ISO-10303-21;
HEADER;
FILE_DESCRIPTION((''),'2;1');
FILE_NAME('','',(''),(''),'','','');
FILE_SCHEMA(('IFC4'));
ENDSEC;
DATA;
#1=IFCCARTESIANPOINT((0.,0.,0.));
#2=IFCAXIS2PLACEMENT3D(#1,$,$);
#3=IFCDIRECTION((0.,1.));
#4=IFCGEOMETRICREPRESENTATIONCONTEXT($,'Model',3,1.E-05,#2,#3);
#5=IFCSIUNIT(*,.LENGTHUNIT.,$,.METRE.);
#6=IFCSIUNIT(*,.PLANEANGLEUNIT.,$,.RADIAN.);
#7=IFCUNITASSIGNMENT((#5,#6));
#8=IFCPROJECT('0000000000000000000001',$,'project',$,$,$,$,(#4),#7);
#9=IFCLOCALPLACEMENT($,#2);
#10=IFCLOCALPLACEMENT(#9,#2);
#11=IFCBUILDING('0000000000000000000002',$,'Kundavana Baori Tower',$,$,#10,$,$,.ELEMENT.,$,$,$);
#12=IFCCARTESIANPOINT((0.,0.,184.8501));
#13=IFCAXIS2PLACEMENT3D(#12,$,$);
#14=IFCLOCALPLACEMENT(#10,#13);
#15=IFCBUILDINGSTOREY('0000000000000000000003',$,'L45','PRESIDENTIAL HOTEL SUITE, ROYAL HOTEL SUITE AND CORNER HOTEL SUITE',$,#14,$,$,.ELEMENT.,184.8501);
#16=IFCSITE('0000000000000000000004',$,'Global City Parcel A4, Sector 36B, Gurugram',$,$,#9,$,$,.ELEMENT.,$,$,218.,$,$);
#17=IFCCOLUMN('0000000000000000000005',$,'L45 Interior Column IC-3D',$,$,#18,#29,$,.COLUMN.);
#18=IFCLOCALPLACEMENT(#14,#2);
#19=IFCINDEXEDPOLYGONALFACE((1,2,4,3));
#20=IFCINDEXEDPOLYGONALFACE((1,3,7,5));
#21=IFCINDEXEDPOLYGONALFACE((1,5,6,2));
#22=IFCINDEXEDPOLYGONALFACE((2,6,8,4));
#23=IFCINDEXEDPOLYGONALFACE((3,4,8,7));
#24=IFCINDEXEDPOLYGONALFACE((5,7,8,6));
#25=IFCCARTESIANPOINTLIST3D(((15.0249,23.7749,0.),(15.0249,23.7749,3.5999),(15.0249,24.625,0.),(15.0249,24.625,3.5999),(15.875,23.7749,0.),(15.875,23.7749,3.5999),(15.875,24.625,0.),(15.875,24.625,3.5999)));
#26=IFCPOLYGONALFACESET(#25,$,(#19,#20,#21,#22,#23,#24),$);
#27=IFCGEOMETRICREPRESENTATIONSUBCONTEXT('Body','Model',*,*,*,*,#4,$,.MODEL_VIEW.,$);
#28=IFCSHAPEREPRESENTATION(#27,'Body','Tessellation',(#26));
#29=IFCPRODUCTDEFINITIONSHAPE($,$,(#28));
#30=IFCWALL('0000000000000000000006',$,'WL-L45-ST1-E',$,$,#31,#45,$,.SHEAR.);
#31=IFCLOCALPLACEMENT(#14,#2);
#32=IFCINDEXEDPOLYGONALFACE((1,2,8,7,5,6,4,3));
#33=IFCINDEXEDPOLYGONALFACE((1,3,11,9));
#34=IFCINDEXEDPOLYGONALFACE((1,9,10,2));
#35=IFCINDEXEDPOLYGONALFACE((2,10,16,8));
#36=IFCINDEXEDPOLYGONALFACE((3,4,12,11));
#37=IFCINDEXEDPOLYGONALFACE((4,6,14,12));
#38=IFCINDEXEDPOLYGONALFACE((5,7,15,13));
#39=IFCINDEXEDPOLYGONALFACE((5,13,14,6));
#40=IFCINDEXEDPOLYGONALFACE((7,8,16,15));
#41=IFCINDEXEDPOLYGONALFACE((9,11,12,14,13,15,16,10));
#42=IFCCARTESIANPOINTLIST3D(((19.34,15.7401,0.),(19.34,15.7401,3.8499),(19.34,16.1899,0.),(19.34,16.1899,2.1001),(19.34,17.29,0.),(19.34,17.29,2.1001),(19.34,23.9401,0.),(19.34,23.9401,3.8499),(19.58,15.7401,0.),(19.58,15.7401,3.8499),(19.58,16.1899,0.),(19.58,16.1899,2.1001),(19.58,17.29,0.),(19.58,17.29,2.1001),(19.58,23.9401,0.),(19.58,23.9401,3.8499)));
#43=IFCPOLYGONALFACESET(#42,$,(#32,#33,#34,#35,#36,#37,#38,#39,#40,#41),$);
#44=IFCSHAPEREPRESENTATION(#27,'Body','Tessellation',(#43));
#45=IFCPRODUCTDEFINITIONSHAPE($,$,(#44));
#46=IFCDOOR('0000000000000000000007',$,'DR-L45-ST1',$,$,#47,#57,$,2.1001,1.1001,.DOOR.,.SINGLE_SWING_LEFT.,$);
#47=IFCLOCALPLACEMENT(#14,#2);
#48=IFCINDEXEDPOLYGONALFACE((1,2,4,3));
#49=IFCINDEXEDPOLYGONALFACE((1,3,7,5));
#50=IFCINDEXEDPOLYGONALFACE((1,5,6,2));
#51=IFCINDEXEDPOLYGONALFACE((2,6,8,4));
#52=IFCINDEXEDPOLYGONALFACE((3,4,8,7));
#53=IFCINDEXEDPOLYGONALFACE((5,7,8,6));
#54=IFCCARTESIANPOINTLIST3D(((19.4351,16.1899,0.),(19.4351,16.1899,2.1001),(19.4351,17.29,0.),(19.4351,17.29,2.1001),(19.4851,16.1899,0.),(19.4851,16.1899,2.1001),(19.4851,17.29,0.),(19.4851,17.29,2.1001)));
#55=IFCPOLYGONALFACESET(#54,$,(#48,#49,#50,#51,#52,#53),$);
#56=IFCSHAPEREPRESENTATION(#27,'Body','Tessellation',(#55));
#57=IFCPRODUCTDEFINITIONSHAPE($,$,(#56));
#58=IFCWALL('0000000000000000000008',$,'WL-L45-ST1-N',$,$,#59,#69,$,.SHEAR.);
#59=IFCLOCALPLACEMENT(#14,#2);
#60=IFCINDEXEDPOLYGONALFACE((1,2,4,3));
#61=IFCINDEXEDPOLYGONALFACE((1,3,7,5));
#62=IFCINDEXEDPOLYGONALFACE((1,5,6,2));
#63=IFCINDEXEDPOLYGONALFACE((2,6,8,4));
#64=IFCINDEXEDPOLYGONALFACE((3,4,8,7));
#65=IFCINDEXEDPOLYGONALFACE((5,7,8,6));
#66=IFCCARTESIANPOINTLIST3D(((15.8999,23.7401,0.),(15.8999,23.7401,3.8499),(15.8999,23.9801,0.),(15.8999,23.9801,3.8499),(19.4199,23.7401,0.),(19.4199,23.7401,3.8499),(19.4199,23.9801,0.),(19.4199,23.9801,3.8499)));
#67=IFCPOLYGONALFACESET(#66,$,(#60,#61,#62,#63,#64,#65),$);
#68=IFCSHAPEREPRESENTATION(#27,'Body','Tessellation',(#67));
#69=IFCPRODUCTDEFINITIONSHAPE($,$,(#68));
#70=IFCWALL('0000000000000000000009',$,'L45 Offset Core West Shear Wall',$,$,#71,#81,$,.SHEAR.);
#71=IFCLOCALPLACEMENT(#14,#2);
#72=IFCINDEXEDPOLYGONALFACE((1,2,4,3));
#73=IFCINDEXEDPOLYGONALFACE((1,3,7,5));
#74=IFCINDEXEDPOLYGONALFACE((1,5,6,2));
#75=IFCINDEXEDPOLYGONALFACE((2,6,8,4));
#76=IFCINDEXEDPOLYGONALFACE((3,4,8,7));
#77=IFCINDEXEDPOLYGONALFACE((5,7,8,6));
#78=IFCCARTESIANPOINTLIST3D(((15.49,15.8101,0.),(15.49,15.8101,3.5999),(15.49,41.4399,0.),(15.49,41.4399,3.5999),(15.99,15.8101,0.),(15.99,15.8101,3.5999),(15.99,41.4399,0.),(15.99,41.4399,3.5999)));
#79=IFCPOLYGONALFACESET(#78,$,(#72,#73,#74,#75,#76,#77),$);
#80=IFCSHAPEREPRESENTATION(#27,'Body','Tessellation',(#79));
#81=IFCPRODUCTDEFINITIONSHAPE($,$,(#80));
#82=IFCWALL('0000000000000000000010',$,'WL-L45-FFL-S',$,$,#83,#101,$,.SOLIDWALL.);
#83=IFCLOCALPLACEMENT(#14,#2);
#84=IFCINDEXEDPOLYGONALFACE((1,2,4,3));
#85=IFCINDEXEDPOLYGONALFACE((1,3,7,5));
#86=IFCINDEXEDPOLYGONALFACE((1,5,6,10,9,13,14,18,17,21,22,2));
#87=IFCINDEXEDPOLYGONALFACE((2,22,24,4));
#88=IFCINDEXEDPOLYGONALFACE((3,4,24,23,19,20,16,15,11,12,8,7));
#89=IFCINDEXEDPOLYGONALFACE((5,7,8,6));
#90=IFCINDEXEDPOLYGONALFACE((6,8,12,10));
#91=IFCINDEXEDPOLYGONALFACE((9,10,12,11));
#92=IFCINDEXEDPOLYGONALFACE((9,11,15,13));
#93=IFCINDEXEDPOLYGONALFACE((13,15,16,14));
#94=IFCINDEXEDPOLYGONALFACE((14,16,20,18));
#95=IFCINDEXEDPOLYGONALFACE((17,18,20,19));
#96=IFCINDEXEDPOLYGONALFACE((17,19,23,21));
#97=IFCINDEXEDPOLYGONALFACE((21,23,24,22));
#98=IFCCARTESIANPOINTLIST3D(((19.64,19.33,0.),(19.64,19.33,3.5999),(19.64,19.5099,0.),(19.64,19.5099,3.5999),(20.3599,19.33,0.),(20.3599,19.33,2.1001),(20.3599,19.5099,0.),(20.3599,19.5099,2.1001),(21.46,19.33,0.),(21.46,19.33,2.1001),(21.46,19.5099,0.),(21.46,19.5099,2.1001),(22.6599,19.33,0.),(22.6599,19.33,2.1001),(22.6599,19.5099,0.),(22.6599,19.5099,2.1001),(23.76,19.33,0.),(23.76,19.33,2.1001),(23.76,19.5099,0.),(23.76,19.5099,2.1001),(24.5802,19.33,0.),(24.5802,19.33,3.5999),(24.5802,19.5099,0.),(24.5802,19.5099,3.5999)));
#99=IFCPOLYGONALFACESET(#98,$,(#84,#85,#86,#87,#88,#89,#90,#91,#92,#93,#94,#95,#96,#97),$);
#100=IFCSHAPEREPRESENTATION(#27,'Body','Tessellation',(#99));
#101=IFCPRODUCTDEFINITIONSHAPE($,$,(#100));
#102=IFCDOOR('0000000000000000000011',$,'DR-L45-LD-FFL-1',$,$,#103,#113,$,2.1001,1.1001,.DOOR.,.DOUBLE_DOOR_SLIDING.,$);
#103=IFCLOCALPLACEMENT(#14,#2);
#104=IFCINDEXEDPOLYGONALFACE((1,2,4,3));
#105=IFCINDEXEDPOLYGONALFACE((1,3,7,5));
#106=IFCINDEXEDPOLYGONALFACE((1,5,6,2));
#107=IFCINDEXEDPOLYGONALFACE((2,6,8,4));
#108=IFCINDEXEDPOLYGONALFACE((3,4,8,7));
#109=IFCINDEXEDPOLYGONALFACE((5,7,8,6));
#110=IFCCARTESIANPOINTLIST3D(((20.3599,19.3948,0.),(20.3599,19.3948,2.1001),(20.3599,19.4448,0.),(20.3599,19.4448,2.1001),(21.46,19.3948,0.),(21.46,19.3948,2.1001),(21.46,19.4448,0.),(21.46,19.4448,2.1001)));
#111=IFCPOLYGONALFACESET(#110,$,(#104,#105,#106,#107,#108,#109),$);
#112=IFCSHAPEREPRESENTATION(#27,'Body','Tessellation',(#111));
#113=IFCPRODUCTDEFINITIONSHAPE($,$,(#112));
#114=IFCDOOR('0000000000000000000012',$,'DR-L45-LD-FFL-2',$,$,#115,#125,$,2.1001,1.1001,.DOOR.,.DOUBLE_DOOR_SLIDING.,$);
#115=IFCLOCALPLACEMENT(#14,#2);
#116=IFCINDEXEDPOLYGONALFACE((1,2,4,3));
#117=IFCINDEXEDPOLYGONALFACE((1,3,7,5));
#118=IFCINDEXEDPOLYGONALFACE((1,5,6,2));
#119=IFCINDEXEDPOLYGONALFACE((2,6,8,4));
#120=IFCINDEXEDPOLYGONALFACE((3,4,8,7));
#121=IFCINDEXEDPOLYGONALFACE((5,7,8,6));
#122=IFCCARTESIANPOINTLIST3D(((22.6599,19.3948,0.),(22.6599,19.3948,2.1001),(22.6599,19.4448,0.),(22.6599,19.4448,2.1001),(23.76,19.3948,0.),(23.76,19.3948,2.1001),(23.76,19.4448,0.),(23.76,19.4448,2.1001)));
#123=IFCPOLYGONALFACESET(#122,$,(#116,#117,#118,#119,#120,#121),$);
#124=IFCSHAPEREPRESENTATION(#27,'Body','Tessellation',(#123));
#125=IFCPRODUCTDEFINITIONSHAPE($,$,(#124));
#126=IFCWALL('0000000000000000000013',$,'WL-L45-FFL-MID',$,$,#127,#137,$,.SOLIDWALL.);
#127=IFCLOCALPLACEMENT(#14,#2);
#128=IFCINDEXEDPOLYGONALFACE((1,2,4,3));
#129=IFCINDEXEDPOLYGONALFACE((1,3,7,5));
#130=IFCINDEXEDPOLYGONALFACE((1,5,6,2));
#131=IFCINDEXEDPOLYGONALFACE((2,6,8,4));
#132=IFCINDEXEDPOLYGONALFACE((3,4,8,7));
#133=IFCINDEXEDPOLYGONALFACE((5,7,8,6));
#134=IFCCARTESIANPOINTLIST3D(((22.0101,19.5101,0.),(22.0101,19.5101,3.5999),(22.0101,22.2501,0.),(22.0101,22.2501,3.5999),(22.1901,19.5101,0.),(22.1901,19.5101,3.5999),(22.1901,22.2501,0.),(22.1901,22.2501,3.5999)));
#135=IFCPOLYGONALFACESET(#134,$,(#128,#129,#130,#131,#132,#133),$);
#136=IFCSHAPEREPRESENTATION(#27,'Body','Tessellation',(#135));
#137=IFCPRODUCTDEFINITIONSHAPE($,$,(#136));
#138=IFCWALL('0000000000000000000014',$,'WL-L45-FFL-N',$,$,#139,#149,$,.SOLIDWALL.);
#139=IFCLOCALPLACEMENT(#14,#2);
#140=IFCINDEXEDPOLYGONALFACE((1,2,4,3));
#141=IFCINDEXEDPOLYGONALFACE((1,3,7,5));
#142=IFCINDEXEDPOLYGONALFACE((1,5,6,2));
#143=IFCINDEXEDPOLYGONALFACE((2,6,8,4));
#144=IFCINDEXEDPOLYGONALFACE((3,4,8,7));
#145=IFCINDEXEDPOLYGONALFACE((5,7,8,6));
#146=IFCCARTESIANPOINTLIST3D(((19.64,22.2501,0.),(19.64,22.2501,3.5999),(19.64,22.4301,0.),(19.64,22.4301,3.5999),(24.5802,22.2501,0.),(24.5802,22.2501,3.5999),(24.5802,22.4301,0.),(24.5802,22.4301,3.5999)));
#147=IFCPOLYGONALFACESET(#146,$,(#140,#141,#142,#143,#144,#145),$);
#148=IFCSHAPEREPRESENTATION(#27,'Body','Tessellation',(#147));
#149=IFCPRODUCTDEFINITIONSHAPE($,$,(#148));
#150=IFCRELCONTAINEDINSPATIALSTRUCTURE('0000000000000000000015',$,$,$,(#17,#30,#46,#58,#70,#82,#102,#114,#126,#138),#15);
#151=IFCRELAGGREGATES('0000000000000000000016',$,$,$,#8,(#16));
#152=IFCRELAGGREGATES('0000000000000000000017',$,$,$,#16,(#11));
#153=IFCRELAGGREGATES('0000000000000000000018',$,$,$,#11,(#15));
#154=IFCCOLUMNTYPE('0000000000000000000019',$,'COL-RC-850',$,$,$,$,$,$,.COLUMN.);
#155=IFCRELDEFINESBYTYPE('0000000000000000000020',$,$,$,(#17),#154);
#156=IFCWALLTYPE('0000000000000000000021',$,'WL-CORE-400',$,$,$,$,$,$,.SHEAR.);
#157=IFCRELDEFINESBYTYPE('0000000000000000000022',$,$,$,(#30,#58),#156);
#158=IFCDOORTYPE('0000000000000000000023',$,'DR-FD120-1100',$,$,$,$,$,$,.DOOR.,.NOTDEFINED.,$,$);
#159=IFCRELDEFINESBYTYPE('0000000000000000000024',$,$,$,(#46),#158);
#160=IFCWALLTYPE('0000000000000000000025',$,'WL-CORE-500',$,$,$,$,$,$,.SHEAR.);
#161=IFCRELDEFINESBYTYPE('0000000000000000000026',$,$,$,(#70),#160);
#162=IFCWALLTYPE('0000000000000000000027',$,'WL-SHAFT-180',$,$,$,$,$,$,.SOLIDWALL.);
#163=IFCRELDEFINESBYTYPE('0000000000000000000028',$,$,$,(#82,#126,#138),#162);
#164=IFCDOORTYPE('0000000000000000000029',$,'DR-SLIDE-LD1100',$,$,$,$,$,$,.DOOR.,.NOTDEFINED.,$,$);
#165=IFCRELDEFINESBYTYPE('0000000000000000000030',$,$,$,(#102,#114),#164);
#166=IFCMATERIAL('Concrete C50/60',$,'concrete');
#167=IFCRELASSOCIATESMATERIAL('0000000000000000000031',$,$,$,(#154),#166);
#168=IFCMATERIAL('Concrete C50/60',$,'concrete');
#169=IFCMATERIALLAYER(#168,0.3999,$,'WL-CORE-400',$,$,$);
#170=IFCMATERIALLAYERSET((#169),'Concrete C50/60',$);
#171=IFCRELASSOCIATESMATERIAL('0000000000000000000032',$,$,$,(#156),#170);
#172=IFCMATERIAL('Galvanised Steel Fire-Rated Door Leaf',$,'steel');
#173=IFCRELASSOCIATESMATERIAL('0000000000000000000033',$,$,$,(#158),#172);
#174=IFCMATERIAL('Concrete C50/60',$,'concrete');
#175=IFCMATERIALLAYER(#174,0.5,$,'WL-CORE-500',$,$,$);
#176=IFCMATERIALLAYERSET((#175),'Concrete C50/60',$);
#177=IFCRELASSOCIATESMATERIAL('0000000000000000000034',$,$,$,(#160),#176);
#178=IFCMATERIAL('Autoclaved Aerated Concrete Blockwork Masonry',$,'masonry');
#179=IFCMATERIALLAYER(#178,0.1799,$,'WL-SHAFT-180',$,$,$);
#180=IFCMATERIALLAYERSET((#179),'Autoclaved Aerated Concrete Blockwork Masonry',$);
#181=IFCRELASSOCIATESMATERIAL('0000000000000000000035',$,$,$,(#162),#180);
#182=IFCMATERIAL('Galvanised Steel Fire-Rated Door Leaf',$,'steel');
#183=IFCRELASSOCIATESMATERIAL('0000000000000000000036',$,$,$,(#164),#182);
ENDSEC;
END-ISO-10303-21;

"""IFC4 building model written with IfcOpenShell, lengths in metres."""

from ifc_helpers import new_model, si_unit, direction, frame, frame_2d, origin, origin_2d, place, context, subcontext, project, spatial, rectangle, extrude, material, layer, layer_set, material_profile, profile_set, type_object, element, fill, save


model = new_model("IFC4")

# Units and contexts
model_context = context("Model", 3, precision=1e-05, world=origin(), true_north=direction((0.0, 1.0)))
body_context = subcontext(model_context, "Body", "Model", "MODEL_VIEW")
ifc_project = project(units=[si_unit("LENGTHUNIT", "METRE"), si_unit("PLANEANGLEUNIT", "RADIAN")], contexts=[model_context])

# Site, building, storey
site_placement = place(None, origin())
site = spatial("IfcSite", under=ifc_project, at=site_placement, Name="Global City Parcel A4, Sector 36B, Gurugram", CompositionType="ELEMENT", RefElevation=218.0)
building_placement = place(site_placement, origin())
building = spatial("IfcBuilding", under=site, at=building_placement, Name="Kundavana Baori Tower", CompositionType="ELEMENT")
storey_placement = place(building_placement, frame((0.0, 0.0, 184.8501)))
storey = spatial("IfcBuildingStorey", under=building, at=storey_placement, Name="L45", Description="PRESIDENTIAL HOTEL SUITE, ROYAL HOTEL SUITE AND CORNER HOTEL SUITE", CompositionType="ELEMENT", Elevation=184.8501)

# Column
ifc_material_1 = material(Name="Concrete C50/60", Category="concrete")
ifc_material_profile = material_profile(ifc_material_1, rectangle(XDim=0.8501, YDim=0.8501, at=origin_2d()), Name="RC 850x850")
ifc_profile_set = profile_set([ifc_material_profile], Name="Concrete C50/60")
column_type = type_object("IfcColumnType", Name="COL-RC-850", PredefinedType="COLUMN", material=ifc_profile_set)
column_placement = place(storey_placement, frame((15.45, 24.2, 0.0), z_axis=(0.0, 0.0, 1.0), x_axis=(1.0, 0.0, 0.0)))
element("IfcColumn", 1, at=column_placement, inside=storey, type_object=column_type, Name="L45 Interior Column IC-3D", PredefinedType="COLUMN", context=body_context, shape_type="SweptSolid", body=[
    extrude(rectangle(XDim=0.8501, YDim=0.8501, at=origin_2d()), origin(), (0.0, 0.0, 1.0), 3.5999),
])

# Wall, opening, door
ifc_material_2 = material(Name="Concrete C50/60", Category="concrete")
ifc_layer_1 = layer(ifc_material_2, 0.3999, Name="WL-CORE-400")
ifc_layer_set_1 = layer_set([ifc_layer_1], Name="Concrete C50/60")
wall_type_1 = type_object("IfcWallType", Name="WL-CORE-400", PredefinedType="SHEAR", material=ifc_layer_set_1)
wall_1_placement = place(storey_placement, frame((19.46, 15.74, 0.0), z_axis=(0.0, 0.0, 1.0), x_axis=(0.0, 1.0, 0.0)))
wall_1 = element("IfcWall", 2, at=wall_1_placement, inside=storey, type_object=wall_type_1, Name="WL-L45-ST1-E", PredefinedType="SHEAR", context=body_context, shape_type="SweptSolid", body=[
    extrude(rectangle(XDim=8.2, YDim=0.24, at=frame_2d((4.1001, 0.0))), origin(), (0.0, 0.0, 1.0), 3.8499),
])
opening_1_placement = place(wall_1_placement, frame((0.45, 0.0, 0.0)))
opening_1 = element("IfcOpeningElement", 3, at=opening_1_placement, cuts=wall_1, PredefinedType="OPENING", context=body_context, shape_type="SweptSolid", body=[
    extrude(rectangle(XDim=1.1001, YDim=2.1001, at=frame_2d((0.55, 1.05))), frame((0.0, 0.1299, 0.0), z_axis=(0.0, -1.0, 0.0), x_axis=(1.0, 0.0, 0.0)), (0.0, 0.0, 1.0), 0.26),
])
ifc_material_3 = material(Name="Galvanised Steel Fire-Rated Door Leaf", Category="steel")
door_type_1 = type_object("IfcDoorType", Name="DR-FD120-1100", OperationType="NOTDEFINED", PredefinedType="DOOR", material=ifc_material_3)
door_1_placement = place(opening_1_placement, origin())
door_1 = element("IfcDoor", 4, at=door_1_placement, inside=storey, type_object=door_type_1, Name="DR-L45-ST1", OperationType="SINGLE_SWING_LEFT", OverallHeight=2.1001, OverallWidth=1.1001, PredefinedType="DOOR", context=body_context, shape_type="SweptSolid", body=[
    extrude(rectangle(XDim=1.1001, YDim=2.1001, at=frame_2d((0.55, 1.05))), frame((0.0, 0.0249, 0.0), z_axis=(0.0, -1.0, 0.0), x_axis=(1.0, 0.0, 0.0)), (0.0, 0.0, 1.0), 0.05),
])
fill(opening_1, door_1)

# Walls
wall_2_placement = place(storey_placement, frame((15.8999, 23.8601, 0.0), z_axis=(0.0, 0.0, 1.0), x_axis=(1.0, 0.0, 0.0)))
element("IfcWall", 5, at=wall_2_placement, inside=storey, type_object=wall_type_1, Name="WL-L45-ST1-N", PredefinedType="SHEAR", context=body_context, shape_type="SweptSolid", body=[
    extrude(rectangle(XDim=3.52, YDim=0.24, at=frame_2d((1.76, 0.0))), origin(), (0.0, 0.0, 1.0), 3.8499),
])
ifc_material_4 = material(Name="Concrete C50/60", Category="concrete")
ifc_layer_2 = layer(ifc_material_4, 0.5, Name="WL-CORE-500")
ifc_layer_set_2 = layer_set([ifc_layer_2], Name="Concrete C50/60")
wall_type_2 = type_object("IfcWallType", Name="WL-CORE-500", PredefinedType="SHEAR", material=ifc_layer_set_2)
wall_3_placement = place(storey_placement, frame((15.74, 15.8101, 0.0), z_axis=(0.0, 0.0, 1.0), x_axis=(0.0, 1.0, 0.0)))
element("IfcWall", 6, at=wall_3_placement, inside=storey, type_object=wall_type_2, Name="L45 Offset Core West Shear Wall", PredefinedType="SHEAR", context=body_context, shape_type="SweptSolid", body=[
    extrude(rectangle(XDim=25.6299, YDim=0.5, at=frame_2d((12.8149, 0.0))), origin(), (0.0, 0.0, 1.0), 3.5999),
])

# Wall, openings, doors
ifc_material_5 = material(Name="Autoclaved Aerated Concrete Blockwork Masonry", Category="masonry")
ifc_layer_3 = layer(ifc_material_5, 0.1799, Name="WL-SHAFT-180")
ifc_layer_set_3 = layer_set([ifc_layer_3], Name="Autoclaved Aerated Concrete Blockwork Masonry")
wall_type_3 = type_object("IfcWallType", Name="WL-SHAFT-180", PredefinedType="SOLIDWALL", material=ifc_layer_set_3)
wall_4_placement = place(storey_placement, frame((19.6399, 19.4199, 0.0), z_axis=(0.0, 0.0, 1.0), x_axis=(1.0, 0.0, 0.0)))
wall_4 = element("IfcWall", 7, at=wall_4_placement, inside=storey, type_object=wall_type_3, Name="WL-L45-FFL-S", PredefinedType="SOLIDWALL", context=body_context, shape_type="SweptSolid", body=[
    extrude(rectangle(XDim=4.9402, YDim=0.1799, at=frame_2d((2.4702, 0.0))), origin(), (0.0, 0.0, 1.0), 3.5999),
])
opening_2_placement = place(wall_4_placement, frame((0.72, 0.0, 0.0)))
opening_2 = element("IfcOpeningElement", 8, at=opening_2_placement, cuts=wall_4, PredefinedType="OPENING", context=body_context, shape_type="SweptSolid", body=[
    extrude(rectangle(XDim=1.1001, YDim=2.1001, at=frame_2d((0.55, 1.05))), frame((0.0, 0.1001, 0.0), z_axis=(0.0, -1.0, 0.0), x_axis=(1.0, 0.0, 0.0)), (0.0, 0.0, 1.0), 0.2),
])
opening_3_placement = place(wall_4_placement, frame((3.02, 0.0, 0.0)))
opening_3 = element("IfcOpeningElement", 9, at=opening_3_placement, cuts=wall_4, PredefinedType="OPENING", context=body_context, shape_type="SweptSolid", body=[
    extrude(rectangle(XDim=1.1001, YDim=2.1001, at=frame_2d((0.55, 1.05))), frame((0.0, 0.1001, 0.0), z_axis=(0.0, -1.0, 0.0), x_axis=(1.0, 0.0, 0.0)), (0.0, 0.0, 1.0), 0.2),
])
ifc_material_6 = material(Name="Galvanised Steel Fire-Rated Door Leaf", Category="steel")
door_type_2 = type_object("IfcDoorType", Name="DR-SLIDE-LD1100", OperationType="NOTDEFINED", PredefinedType="DOOR", material=ifc_material_6)
door_2_placement = place(opening_2_placement, origin())
door_2 = element("IfcDoor", 10, at=door_2_placement, inside=storey, type_object=door_type_2, Name="DR-L45-LD-FFL-1", OperationType="DOUBLE_DOOR_SLIDING", OverallHeight=2.1001, OverallWidth=1.1001, PredefinedType="DOOR", context=body_context, shape_type="SweptSolid", body=[
    extrude(rectangle(XDim=1.1001, YDim=2.1001, at=frame_2d((0.55, 1.05))), frame((0.0, 0.0249, 0.0), z_axis=(0.0, -1.0, 0.0), x_axis=(1.0, 0.0, 0.0)), (0.0, 0.0, 1.0), 0.05),
])
fill(opening_2, door_2)
door_3_placement = place(opening_3_placement, origin())
door_3 = element("IfcDoor", 11, at=door_3_placement, inside=storey, type_object=door_type_2, Name="DR-L45-LD-FFL-2", OperationType="DOUBLE_DOOR_SLIDING", OverallHeight=2.1001, OverallWidth=1.1001, PredefinedType="DOOR", context=body_context, shape_type="SweptSolid", body=[
    extrude(rectangle(XDim=1.1001, YDim=2.1001, at=frame_2d((0.55, 1.05))), frame((0.0, 0.0249, 0.0), z_axis=(0.0, -1.0, 0.0), x_axis=(1.0, 0.0, 0.0)), (0.0, 0.0, 1.0), 0.05),
])
fill(opening_3, door_3)

# Walls
wall_5_placement = place(storey_placement, frame((22.1001, 19.51, 0.0), z_axis=(0.0, 0.0, 1.0), x_axis=(0.0, 1.0, 0.0)))
element("IfcWall", 12, at=wall_5_placement, inside=storey, type_object=wall_type_3, Name="WL-L45-FFL-MID", PredefinedType="SOLIDWALL", context=body_context, shape_type="SweptSolid", body=[
    extrude(rectangle(XDim=2.74, YDim=0.1799, at=frame_2d((1.3701, 0.0))), origin(), (0.0, 0.0, 1.0), 3.5999),
])
wall_6_placement = place(storey_placement, frame((19.6399, 22.3401, 0.0), z_axis=(0.0, 0.0, 1.0), x_axis=(1.0, 0.0, 0.0)))
element("IfcWall", 13, at=wall_6_placement, inside=storey, type_object=wall_type_3, Name="WL-L45-FFL-N", PredefinedType="SOLIDWALL", context=body_context, shape_type="SweptSolid", body=[
    extrude(rectangle(XDim=4.9402, YDim=0.1799, at=frame_2d((2.4702, 0.0))), origin(), (0.0, 0.0, 1.0), 3.5999),
])

save(model, "model.ifc")
